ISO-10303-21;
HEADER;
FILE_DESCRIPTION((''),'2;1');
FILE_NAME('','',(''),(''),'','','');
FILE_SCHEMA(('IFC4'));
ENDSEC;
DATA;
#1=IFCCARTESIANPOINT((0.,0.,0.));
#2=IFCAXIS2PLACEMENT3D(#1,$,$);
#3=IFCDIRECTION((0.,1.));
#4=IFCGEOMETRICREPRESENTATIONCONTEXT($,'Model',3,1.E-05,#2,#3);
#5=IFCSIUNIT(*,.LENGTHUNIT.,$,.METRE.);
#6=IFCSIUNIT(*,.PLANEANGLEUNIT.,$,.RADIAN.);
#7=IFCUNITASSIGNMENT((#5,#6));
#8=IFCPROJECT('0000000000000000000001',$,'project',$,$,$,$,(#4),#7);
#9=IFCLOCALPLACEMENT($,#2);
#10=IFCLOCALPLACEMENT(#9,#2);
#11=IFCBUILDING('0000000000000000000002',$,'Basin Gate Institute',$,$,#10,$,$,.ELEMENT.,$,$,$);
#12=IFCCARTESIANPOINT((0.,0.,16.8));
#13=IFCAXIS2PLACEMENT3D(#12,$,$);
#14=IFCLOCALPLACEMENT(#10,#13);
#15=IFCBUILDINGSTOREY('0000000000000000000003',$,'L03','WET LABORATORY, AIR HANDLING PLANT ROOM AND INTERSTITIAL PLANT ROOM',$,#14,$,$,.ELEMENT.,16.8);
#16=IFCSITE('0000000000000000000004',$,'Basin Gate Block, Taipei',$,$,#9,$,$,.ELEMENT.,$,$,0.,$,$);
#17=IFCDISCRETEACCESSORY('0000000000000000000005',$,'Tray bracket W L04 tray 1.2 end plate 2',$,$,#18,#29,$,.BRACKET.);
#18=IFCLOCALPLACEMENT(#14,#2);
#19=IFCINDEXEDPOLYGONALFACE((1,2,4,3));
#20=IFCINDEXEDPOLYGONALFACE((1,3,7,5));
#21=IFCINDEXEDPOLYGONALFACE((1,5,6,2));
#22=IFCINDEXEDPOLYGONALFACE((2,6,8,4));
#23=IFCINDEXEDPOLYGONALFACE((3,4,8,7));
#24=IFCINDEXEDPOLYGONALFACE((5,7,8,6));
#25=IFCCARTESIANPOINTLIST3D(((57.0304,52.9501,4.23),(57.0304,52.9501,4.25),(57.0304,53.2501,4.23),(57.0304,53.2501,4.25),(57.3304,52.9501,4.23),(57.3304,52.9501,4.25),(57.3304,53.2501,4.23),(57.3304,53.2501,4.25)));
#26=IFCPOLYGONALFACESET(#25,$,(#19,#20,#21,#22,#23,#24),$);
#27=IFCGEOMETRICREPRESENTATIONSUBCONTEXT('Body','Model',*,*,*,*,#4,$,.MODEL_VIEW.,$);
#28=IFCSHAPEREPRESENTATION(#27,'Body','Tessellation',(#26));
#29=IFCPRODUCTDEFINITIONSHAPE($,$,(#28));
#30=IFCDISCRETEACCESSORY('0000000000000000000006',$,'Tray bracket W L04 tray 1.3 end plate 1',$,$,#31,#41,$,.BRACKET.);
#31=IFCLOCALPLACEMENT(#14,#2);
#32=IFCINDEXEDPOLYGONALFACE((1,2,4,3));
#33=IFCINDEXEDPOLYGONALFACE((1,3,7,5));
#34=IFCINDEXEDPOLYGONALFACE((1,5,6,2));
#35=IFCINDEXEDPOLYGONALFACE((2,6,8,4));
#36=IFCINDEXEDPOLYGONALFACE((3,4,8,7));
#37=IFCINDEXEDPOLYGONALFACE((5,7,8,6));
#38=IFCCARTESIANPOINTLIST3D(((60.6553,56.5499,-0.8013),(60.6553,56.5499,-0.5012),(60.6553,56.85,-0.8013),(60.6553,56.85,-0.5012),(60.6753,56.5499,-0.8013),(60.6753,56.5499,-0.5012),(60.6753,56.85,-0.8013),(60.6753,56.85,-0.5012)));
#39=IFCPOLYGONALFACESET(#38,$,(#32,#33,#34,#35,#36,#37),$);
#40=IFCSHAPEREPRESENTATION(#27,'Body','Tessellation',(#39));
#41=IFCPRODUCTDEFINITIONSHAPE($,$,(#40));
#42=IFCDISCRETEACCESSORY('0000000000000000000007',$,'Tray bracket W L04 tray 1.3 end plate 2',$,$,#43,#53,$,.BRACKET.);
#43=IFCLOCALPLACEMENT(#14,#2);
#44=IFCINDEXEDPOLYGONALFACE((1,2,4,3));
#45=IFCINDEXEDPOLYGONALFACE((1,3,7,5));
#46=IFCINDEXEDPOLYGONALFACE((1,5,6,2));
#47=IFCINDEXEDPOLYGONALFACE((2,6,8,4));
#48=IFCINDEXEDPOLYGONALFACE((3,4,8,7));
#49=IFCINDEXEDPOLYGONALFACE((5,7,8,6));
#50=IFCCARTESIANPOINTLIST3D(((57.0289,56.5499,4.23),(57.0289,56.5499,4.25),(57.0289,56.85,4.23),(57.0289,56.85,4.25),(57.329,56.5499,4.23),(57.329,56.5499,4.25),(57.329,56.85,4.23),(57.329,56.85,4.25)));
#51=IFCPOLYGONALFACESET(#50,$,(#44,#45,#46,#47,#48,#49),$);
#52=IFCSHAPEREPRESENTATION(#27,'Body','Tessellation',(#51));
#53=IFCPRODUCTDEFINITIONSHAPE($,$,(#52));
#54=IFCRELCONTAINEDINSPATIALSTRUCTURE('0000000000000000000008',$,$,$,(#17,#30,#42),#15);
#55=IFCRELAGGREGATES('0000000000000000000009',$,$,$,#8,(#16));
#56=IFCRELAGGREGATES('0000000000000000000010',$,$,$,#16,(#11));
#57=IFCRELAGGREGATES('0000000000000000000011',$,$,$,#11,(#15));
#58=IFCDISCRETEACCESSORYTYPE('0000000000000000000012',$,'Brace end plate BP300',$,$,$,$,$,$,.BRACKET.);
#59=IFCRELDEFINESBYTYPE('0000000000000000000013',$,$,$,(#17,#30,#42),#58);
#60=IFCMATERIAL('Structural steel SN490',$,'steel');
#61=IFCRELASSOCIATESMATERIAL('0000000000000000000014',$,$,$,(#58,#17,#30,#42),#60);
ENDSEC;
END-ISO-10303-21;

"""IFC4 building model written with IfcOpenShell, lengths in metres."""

from ifc_helpers import new_model, si_unit, direction, frame, origin, origin_2d, place, context, subcontext, project, spatial, rectangle, extrude, material, type_object, element, save


model = new_model("IFC4")

# Units and contexts
model_context = context("Model", 3, precision=1e-05, world=origin(), true_north=direction((0.0, 1.0)))
body_context = subcontext(model_context, "Body", "Model", "MODEL_VIEW")
ifc_project = project(units=[si_unit("LENGTHUNIT", "METRE"), si_unit("PLANEANGLEUNIT", "RADIAN")], contexts=[model_context])

# Site, building, storey
site_placement = place(None, origin())
site = spatial("IfcSite", under=ifc_project, at=site_placement, Name="Basin Gate Block, Taipei", CompositionType="ELEMENT", RefElevation=0.0)
building_placement = place(site_placement, origin())
building = spatial("IfcBuilding", under=site, at=building_placement, Name="Basin Gate Institute", CompositionType="ELEMENT")
storey_placement = place(building_placement, frame((0.0, 0.0, 16.8)))
storey = spatial("IfcBuildingStorey", under=building, at=storey_placement, Name="L03", Description="WET LABORATORY, AIR HANDLING PLANT ROOM AND INTERSTITIAL PLANT ROOM", CompositionType="ELEMENT", Elevation=16.8)

# Discrete accessories
ifc_material_1 = material(Name="Structural steel SN490", Category="steel")
discrete_accessory_type = type_object("IfcDiscreteAccessoryType", Name="Brace end plate BP300", PredefinedType="BRACKET", material=ifc_material_1)
discrete_accessory_1_placement = place(storey_placement, frame((57.1804, 53.1001, 4.23), z_axis=(0.0, 0.0, 1.0), x_axis=(1.0, 0.0, 0.0)))
element("IfcDiscreteAccessory", 1, at=discrete_accessory_1_placement, inside=storey, type_object=discrete_accessory_type, material=ifc_material_1, Name="Tray bracket W L04 tray 1.2 end plate 2", PredefinedType="BRACKET", context=body_context, shape_type="SweptSolid", body=[
    extrude(rectangle(XDim=0.3, YDim=0.3, at=origin_2d()), origin(), (0.0, 0.0, 1.0), 0.02),
])
discrete_accessory_2_placement = place(storey_placement, frame((60.6653, 56.7, -0.8013), z_axis=(0.0, 0.0, 1.0), x_axis=(1.0, 0.0, 0.0)))
element("IfcDiscreteAccessory", 2, at=discrete_accessory_2_placement, inside=storey, type_object=discrete_accessory_type, material=ifc_material_1, Name="Tray bracket W L04 tray 1.3 end plate 1", PredefinedType="BRACKET", context=body_context, shape_type="SweptSolid", body=[
    extrude(rectangle(XDim=0.02, YDim=0.3, at=origin_2d()), origin(), (0.0, 0.0, 1.0), 0.3),
])
discrete_accessory_3_placement = place(storey_placement, frame((57.179, 56.7, 4.23), z_axis=(0.0, 0.0, 1.0), x_axis=(1.0, 0.0, 0.0)))
element("IfcDiscreteAccessory", 3, at=discrete_accessory_3_placement, inside=storey, type_object=discrete_accessory_type, material=ifc_material_1, Name="Tray bracket W L04 tray 1.3 end plate 2", PredefinedType="BRACKET", context=body_context, shape_type="SweptSolid", body=[
    extrude(rectangle(XDim=0.3, YDim=0.3, at=origin_2d()), origin(), (0.0, 0.0, 1.0), 0.02),
])

save(model, "model.ifc")
